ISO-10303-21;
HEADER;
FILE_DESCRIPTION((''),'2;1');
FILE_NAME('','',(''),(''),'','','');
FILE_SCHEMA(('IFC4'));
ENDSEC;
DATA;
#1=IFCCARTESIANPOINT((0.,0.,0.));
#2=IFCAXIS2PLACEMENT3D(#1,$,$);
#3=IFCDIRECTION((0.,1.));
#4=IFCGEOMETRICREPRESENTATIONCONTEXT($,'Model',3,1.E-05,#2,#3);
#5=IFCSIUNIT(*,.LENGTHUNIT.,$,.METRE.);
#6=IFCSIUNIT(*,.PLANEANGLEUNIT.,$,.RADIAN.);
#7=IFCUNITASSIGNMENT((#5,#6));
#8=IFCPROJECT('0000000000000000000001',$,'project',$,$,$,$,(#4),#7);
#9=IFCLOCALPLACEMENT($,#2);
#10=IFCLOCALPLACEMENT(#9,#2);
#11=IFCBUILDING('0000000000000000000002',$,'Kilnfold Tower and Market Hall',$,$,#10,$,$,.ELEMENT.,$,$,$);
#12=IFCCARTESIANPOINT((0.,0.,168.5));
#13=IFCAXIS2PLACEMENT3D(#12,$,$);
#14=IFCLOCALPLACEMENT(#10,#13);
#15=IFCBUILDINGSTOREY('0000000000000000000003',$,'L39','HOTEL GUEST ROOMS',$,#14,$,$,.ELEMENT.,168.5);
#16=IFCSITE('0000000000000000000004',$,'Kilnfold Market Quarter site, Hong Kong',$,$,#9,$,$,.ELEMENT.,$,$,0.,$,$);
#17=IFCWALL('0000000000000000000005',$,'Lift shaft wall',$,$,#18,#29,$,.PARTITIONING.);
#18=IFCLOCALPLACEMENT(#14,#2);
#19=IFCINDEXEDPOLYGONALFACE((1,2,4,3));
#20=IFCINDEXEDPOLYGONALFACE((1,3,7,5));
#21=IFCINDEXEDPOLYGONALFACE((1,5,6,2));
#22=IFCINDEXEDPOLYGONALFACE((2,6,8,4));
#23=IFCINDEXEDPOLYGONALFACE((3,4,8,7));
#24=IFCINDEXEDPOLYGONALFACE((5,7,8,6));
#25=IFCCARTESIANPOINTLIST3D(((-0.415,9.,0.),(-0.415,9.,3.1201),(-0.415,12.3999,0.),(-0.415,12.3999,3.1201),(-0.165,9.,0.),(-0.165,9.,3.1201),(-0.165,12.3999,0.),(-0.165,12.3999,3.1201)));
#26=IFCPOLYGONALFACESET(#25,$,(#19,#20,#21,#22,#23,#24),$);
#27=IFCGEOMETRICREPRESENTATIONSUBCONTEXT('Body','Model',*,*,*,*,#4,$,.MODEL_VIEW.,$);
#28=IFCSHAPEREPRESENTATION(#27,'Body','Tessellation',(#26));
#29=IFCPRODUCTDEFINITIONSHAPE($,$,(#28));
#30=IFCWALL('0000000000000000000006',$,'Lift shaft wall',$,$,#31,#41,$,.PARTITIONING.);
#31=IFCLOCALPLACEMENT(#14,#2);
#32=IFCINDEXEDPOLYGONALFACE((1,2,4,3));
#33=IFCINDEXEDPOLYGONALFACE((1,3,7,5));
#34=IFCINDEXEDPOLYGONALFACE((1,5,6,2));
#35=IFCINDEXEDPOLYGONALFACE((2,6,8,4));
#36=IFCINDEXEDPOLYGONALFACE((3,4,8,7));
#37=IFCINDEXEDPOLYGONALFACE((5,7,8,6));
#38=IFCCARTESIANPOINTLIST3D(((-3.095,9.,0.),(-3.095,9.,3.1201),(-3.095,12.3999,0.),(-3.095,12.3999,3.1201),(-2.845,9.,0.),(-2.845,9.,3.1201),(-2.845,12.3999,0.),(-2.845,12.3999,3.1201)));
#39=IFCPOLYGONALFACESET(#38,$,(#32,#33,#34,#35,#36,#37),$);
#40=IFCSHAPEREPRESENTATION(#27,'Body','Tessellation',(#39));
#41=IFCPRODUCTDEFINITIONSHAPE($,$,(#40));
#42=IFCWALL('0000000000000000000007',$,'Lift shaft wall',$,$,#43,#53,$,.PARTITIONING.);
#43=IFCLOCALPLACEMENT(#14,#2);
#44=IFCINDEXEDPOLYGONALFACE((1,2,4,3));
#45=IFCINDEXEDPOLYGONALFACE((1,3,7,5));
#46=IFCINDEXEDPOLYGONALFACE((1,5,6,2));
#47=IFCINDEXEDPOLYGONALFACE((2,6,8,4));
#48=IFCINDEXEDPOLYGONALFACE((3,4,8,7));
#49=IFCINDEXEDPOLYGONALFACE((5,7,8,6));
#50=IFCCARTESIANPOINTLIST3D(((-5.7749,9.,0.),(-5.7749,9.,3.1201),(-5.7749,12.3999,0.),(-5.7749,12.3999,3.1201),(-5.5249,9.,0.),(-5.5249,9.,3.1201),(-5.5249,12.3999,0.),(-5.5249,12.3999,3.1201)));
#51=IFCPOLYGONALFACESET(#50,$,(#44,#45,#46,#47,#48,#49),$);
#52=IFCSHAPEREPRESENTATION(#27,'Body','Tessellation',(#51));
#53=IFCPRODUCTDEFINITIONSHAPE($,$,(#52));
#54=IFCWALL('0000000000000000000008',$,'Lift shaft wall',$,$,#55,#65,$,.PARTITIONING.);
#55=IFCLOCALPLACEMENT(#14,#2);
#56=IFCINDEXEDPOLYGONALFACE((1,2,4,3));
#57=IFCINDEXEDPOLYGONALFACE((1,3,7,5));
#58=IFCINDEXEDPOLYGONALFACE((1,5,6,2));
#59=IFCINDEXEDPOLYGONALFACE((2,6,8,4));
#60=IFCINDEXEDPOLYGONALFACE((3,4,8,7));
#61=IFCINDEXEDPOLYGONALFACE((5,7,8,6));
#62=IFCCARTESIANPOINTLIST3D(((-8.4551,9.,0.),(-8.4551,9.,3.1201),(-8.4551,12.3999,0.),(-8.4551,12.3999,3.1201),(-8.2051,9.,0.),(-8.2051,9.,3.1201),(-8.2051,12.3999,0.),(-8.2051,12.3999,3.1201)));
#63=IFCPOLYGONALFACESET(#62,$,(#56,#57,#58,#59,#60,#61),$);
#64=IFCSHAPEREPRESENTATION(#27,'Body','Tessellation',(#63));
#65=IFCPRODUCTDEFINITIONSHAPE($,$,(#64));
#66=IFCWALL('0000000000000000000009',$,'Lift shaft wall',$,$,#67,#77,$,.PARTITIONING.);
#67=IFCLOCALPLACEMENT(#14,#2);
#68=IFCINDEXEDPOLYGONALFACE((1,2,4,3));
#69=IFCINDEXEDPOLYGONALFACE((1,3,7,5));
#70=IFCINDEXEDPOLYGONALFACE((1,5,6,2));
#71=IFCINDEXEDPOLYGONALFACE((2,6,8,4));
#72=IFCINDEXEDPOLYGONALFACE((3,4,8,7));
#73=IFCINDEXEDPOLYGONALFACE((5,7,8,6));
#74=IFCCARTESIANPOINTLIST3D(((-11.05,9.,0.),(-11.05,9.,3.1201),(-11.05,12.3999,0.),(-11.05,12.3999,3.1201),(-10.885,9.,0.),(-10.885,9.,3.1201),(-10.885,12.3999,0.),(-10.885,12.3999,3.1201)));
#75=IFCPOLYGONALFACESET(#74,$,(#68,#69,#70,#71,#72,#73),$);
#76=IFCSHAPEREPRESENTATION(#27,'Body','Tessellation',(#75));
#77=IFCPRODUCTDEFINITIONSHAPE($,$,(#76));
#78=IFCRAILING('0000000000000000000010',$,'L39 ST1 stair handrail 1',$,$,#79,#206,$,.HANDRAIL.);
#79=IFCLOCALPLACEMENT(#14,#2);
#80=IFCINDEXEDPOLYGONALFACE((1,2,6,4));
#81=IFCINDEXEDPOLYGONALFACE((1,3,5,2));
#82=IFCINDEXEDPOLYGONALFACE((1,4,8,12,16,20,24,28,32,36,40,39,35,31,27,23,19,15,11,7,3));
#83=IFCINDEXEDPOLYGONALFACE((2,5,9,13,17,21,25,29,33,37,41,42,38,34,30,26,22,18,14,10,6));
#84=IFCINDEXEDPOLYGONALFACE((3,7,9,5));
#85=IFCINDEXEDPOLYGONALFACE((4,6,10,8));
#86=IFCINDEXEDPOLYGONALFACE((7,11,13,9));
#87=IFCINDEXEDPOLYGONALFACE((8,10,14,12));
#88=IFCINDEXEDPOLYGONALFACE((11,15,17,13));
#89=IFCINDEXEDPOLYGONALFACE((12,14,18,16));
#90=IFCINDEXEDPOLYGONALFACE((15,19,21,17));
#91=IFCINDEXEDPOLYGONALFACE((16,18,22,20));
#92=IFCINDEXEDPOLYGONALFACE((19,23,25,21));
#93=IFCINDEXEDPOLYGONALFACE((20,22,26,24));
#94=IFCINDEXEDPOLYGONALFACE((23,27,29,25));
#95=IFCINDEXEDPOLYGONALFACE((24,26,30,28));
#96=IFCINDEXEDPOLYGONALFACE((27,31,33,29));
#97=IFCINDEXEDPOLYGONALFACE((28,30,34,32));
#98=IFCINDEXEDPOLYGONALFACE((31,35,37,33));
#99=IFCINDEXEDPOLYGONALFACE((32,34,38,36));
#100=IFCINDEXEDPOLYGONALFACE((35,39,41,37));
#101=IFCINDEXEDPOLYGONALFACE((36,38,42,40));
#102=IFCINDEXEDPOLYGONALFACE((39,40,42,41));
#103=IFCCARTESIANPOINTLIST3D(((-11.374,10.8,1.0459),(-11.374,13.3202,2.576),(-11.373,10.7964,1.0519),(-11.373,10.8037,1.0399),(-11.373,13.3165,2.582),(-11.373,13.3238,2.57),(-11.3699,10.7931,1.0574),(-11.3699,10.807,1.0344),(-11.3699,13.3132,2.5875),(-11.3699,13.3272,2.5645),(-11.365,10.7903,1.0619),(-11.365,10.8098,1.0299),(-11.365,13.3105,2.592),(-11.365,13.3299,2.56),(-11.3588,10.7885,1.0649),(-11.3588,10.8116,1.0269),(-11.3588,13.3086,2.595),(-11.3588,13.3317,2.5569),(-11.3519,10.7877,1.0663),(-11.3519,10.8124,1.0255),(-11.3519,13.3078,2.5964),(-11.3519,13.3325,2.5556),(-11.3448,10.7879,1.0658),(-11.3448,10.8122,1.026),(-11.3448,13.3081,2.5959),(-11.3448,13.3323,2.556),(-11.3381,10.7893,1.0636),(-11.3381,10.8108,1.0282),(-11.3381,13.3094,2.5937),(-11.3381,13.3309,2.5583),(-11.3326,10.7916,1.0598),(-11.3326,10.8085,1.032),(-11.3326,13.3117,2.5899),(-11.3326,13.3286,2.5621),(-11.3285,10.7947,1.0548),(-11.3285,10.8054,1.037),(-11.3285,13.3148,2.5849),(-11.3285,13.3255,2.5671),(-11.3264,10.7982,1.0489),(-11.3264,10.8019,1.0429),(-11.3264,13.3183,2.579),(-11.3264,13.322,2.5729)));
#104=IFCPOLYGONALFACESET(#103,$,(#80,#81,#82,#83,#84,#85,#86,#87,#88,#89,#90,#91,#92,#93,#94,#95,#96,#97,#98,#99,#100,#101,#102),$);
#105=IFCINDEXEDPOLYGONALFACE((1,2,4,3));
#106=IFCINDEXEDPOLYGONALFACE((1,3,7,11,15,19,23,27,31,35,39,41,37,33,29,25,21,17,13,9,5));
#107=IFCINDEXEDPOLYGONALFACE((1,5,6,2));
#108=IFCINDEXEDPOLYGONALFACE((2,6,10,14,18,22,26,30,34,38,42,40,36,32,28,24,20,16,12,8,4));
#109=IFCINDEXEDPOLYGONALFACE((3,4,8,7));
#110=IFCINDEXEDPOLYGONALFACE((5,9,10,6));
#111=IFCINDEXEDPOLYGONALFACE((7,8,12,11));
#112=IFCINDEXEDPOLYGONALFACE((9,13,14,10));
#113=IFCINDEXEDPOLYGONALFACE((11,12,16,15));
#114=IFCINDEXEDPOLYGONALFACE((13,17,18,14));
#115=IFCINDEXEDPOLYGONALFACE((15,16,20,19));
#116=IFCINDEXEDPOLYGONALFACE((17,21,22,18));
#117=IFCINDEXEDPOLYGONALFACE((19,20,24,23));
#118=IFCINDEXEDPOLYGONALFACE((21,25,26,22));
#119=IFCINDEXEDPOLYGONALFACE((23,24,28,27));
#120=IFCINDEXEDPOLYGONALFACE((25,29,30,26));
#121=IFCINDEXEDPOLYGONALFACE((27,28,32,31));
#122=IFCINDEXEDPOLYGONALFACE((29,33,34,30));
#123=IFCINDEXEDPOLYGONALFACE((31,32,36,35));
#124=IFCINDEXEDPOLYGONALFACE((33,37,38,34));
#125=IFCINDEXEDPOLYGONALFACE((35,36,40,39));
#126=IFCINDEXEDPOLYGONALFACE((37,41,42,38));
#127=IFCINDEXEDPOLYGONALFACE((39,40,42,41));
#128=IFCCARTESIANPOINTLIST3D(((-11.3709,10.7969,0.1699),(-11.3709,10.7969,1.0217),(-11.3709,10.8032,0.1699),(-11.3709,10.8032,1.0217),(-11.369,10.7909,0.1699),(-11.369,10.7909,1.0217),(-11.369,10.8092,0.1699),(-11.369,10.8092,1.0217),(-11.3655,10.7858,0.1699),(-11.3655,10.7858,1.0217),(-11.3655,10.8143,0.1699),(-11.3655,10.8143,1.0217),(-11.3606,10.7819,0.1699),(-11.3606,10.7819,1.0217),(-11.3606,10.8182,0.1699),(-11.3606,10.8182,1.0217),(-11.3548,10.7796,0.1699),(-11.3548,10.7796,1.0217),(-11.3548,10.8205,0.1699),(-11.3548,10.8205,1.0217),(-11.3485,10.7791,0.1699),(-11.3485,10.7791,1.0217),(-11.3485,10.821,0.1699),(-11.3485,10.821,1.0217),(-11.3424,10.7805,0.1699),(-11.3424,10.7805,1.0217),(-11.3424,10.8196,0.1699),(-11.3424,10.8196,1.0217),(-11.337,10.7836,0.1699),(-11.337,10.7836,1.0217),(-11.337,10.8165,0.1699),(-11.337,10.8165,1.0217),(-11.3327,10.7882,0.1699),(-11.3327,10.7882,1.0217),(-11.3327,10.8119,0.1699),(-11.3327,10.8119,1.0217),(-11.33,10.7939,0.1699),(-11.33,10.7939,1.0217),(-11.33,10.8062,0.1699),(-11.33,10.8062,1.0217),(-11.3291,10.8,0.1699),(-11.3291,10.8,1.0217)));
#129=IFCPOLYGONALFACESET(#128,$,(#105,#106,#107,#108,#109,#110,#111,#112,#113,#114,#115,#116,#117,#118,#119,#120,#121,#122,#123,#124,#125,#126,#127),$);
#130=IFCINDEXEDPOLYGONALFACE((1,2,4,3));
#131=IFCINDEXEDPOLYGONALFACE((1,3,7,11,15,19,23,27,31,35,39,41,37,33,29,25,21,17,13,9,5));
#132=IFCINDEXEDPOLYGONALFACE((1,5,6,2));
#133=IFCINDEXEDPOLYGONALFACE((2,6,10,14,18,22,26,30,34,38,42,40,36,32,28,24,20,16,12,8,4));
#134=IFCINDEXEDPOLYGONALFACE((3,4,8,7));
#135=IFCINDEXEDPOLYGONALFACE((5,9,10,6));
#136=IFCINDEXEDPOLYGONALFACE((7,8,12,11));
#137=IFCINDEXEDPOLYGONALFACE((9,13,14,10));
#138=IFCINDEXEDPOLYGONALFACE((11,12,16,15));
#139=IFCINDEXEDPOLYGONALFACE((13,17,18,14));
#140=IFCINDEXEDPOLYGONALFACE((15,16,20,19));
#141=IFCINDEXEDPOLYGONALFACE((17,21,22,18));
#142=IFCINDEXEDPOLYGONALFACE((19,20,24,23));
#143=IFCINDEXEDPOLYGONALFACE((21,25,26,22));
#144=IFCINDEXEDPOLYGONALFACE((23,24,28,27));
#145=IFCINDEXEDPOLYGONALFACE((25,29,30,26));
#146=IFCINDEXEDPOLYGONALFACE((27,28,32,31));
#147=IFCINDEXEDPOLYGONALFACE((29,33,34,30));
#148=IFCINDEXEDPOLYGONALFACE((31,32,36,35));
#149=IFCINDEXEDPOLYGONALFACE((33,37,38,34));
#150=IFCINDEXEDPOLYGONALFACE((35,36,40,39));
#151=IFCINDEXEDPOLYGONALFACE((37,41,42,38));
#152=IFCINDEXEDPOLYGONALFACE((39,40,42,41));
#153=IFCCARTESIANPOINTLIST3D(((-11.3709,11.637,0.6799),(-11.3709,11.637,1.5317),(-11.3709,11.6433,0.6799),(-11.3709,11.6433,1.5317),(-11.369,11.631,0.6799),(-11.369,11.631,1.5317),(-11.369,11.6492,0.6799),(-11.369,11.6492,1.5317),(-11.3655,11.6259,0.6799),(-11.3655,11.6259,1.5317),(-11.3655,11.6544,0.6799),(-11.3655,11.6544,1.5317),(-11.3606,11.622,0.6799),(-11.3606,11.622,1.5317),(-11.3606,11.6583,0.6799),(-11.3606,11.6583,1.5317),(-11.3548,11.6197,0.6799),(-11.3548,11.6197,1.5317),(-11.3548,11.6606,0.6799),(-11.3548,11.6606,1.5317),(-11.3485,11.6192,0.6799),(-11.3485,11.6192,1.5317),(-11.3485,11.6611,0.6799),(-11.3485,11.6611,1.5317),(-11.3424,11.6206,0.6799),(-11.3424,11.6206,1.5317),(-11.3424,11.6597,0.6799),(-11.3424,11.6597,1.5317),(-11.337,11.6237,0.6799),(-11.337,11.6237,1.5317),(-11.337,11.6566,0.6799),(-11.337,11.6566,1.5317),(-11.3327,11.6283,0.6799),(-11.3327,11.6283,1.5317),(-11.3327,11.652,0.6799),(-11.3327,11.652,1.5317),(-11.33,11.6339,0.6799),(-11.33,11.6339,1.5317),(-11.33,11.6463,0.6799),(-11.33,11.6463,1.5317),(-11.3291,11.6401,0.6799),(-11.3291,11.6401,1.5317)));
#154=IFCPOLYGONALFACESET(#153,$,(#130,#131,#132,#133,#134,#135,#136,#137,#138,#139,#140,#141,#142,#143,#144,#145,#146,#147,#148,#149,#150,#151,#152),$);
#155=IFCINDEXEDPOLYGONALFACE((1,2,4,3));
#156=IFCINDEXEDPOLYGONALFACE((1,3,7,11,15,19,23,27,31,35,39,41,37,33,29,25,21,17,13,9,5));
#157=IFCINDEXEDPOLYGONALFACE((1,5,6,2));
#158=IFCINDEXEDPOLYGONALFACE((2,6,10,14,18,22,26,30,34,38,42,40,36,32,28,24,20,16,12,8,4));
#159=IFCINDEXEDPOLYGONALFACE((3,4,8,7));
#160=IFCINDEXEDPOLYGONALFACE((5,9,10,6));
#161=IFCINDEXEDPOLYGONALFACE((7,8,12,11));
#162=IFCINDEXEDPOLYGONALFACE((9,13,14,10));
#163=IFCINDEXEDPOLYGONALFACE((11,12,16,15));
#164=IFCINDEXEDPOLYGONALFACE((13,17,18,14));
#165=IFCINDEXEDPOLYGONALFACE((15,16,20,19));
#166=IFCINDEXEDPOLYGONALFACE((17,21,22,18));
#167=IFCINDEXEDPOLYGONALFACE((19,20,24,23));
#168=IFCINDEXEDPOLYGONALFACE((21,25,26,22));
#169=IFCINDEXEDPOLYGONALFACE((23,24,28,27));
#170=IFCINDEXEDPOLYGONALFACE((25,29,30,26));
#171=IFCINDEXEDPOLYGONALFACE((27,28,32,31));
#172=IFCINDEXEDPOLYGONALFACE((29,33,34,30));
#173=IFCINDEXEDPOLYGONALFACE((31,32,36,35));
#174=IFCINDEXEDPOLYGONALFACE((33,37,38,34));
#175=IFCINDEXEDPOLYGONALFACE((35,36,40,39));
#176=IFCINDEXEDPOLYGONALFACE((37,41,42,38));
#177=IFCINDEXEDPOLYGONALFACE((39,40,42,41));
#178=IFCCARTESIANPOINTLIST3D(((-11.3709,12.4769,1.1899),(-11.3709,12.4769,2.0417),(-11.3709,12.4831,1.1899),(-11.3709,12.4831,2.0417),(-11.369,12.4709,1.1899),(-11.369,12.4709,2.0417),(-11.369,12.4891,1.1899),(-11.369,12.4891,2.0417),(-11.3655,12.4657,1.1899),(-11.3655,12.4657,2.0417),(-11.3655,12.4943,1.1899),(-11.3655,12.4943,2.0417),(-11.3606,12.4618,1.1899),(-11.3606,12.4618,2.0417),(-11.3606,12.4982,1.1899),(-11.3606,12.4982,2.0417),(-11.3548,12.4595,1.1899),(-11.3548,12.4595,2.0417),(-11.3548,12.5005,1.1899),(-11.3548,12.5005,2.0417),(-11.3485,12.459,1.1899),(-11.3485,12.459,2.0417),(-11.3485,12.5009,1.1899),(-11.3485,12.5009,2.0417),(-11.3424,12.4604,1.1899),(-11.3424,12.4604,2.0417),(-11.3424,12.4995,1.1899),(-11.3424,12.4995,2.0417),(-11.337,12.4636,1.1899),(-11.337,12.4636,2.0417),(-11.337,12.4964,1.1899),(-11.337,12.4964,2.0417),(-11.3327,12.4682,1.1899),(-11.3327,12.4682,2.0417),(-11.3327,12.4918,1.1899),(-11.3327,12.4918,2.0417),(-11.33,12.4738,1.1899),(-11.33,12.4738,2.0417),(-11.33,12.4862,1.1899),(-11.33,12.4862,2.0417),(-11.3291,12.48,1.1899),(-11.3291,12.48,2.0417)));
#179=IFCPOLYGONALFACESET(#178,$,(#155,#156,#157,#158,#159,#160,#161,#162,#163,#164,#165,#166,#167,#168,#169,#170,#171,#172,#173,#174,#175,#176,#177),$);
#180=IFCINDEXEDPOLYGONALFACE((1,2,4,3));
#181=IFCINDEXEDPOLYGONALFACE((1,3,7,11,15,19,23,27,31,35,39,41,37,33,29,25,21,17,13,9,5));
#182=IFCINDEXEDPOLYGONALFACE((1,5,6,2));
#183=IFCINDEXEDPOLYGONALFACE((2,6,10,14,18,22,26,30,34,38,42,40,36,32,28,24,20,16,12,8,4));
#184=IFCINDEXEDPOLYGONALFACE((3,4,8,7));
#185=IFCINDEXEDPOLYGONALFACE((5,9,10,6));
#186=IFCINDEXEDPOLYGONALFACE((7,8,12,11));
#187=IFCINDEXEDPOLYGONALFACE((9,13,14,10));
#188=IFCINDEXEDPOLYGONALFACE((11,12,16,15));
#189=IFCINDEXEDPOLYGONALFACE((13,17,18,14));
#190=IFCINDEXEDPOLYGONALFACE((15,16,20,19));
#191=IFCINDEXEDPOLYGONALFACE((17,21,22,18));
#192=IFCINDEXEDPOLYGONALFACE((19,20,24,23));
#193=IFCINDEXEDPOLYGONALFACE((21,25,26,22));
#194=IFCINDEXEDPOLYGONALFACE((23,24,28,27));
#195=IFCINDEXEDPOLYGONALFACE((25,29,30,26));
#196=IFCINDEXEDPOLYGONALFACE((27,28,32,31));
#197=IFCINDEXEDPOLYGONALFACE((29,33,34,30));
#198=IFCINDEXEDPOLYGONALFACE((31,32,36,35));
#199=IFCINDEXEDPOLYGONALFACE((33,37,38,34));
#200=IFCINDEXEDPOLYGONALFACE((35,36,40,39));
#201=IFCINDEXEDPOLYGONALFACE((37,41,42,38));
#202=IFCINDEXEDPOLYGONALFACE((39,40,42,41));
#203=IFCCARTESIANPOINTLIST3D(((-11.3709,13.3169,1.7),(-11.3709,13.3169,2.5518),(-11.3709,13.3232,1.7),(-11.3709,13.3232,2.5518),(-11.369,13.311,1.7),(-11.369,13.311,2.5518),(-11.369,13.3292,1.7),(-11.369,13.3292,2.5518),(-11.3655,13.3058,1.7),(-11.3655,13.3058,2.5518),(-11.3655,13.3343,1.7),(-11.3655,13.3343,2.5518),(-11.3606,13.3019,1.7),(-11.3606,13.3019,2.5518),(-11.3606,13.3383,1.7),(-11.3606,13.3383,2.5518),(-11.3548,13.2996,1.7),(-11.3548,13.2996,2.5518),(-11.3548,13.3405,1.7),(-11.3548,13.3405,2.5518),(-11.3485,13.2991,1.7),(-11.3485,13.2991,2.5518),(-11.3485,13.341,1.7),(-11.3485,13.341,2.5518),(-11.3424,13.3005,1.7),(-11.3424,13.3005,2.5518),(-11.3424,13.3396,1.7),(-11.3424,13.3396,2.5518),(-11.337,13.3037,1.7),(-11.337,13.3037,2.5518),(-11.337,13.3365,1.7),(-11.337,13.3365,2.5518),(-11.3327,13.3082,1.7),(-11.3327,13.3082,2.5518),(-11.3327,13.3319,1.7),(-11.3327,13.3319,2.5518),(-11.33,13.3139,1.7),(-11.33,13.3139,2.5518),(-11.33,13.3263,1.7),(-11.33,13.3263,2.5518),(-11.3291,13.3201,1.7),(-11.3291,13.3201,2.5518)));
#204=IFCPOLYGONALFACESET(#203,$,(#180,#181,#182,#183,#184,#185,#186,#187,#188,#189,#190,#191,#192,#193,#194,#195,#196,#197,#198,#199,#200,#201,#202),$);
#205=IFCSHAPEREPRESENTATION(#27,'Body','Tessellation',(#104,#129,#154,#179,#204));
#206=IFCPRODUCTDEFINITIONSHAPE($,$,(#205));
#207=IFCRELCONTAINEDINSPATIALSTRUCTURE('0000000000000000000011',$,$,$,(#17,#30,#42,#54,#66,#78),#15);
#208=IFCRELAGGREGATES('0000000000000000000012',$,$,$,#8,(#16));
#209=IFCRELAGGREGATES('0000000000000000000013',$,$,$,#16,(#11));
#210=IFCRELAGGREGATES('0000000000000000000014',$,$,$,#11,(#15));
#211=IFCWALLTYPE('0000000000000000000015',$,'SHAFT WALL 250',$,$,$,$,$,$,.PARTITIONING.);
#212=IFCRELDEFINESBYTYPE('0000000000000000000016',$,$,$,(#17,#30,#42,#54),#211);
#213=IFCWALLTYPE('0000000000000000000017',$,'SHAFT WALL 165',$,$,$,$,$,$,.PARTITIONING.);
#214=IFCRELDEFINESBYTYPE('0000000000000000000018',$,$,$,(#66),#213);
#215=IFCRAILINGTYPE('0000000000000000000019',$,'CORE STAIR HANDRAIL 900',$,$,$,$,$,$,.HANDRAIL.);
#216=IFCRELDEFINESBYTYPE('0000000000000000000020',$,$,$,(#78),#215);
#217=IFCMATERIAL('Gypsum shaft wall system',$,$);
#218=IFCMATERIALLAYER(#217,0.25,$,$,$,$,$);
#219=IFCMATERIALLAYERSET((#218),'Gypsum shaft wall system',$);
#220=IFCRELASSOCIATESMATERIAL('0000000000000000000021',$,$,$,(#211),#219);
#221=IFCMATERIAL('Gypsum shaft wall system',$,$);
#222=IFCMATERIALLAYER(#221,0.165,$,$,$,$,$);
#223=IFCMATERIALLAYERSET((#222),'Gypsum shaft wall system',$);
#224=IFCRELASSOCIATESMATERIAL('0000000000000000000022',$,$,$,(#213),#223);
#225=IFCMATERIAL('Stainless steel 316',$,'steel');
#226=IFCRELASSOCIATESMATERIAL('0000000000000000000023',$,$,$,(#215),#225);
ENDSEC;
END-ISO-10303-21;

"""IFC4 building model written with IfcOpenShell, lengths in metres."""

from ifc_helpers import new_model, si_unit, direction, frame, frame_2d, origin, origin_2d, place, context, subcontext, project, spatial, rectangle, circle, extrude, source, transform, mapped, material, layer, layer_set, type_object, element, save


model = new_model("IFC4")

# Units and contexts
model_context = context("Model", 3, precision=1e-05, world=origin(), true_north=direction((0.0, 1.0)))
body_context = subcontext(model_context, "Body", "Model", "MODEL_VIEW")
ifc_project = project(units=[si_unit("LENGTHUNIT", "METRE"), si_unit("PLANEANGLEUNIT", "RADIAN")], contexts=[model_context])

# Site, building, storey
site_placement = place(None, origin())
site = spatial("IfcSite", under=ifc_project, at=site_placement, Name="Kilnfold Market Quarter site, Hong Kong", CompositionType="ELEMENT", RefElevation=0.0)
building_placement = place(site_placement, origin())
building = spatial("IfcBuilding", under=site, at=building_placement, Name="Kilnfold Tower and Market Hall", CompositionType="ELEMENT")
storey_placement = place(building_placement, frame((0.0, 0.0, 168.5)))
storey = spatial("IfcBuildingStorey", under=building, at=storey_placement, Name="L39", Description="HOTEL GUEST ROOMS", CompositionType="ELEMENT", Elevation=168.5)

# Walls
ifc_material_1 = material(Name="Gypsum shaft wall system")
ifc_layer_1 = layer(ifc_material_1, 0.25)
ifc_layer_set_1 = layer_set([ifc_layer_1], Name="Gypsum shaft wall system")
wall_type_1 = type_object("IfcWallType", Name="SHAFT WALL 250", PredefinedType="PARTITIONING", material=ifc_layer_set_1)
shared_shape_1 = source(origin(), body_context, "Body", "SweptSolid", [
    extrude(rectangle(XDim=3.3999, YDim=0.25, at=frame_2d((1.7, 0.0))), origin(), (0.0, 0.0, 1.0), 3.1201),
])
for number, where, z_axis, x_axis, name in (
    (1, (-0.29, 9.0, 0.0), (0.0, 0.0, 1.0), (0.0, 1.0, 0.0), "Lift shaft wall"),
    (2, (-2.97, 9.0, 0.0), (0.0, 0.0, 1.0), (0.0, 1.0, 0.0), "Lift shaft wall"),
    (3, (-5.6499, 9.0, 0.0), (0.0, 0.0, 1.0), (0.0, 1.0, 0.0), "Lift shaft wall"),
    (4, (-8.3301, 9.0, 0.0), (0.0, 0.0, 1.0), (0.0, 1.0, 0.0), "Lift shaft wall"),
):
    element("IfcWall", number, at=place(storey_placement, frame(where, z_axis=z_axis, x_axis=x_axis)), inside=storey, type_object=wall_type_1, Name=name, PredefinedType="PARTITIONING", context=body_context, shape_type="MappedRepresentation", body=[
        mapped(shared_shape_1, transform((0.0, 0.0, 0.0))),
    ])
ifc_material_2 = material(Name="Gypsum shaft wall system")
ifc_layer_2 = layer(ifc_material_2, 0.165)
ifc_layer_set_2 = layer_set([ifc_layer_2], Name="Gypsum shaft wall system")
wall_type_2 = type_object("IfcWallType", Name="SHAFT WALL 165", PredefinedType="PARTITIONING", material=ifc_layer_set_2)
shared_shape_2 = source(origin(), body_context, "Body", "SweptSolid", [
    extrude(rectangle(XDim=3.3999, YDim=0.165, at=frame_2d((1.7, 0.0))), origin(), (0.0, 0.0, 1.0), 3.1201),
])
wall_1_placement = place(storey_placement, frame((-10.9675, 9.0, 0.0), z_axis=(0.0, 0.0, 1.0), x_axis=(0.0, 1.0, 0.0)))
element("IfcWall", 5, at=wall_1_placement, inside=storey, type_object=wall_type_2, Name="Lift shaft wall", PredefinedType="PARTITIONING", context=body_context, shape_type="MappedRepresentation", body=[
    mapped(shared_shape_2, transform((0.0, 0.0, 0.0))),
])

# Railing
ifc_material_3 = material(Name="Stainless steel 316", Category="steel")
railing_type_1 = type_object("IfcRailingType", Name="CORE STAIR HANDRAIL 900", PredefinedType="HANDRAIL", material=ifc_material_3)
railing_1_placement = place(storey_placement, frame((-11.3501, 10.8, 0.1699)))
element("IfcRailing", 6, at=railing_1_placement, inside=storey, type_object=railing_type_1, Name="L39 ST1 stair handrail 1", PredefinedType="HANDRAIL", context=body_context, shape_type="SweptSolid", body=[
    extrude(circle(Radius=0.0239, at=origin_2d()), frame((0.0, 0.0, 0.876), z_axis=(0.0, 0.854785, 0.518982), x_axis=(-1.0, 0.0, 0.0)), (0.0, 0.0, 1.0), 2.9482),
    extrude(circle(Radius=0.021, at=origin_2d()), origin(), (0.0, 0.0, 1.0), 0.8518),
    extrude(circle(Radius=0.021, at=origin_2d()), frame((0.0, 0.8401, 0.51)), (0.0, 0.0, 1.0), 0.8518),
    extrude(circle(Radius=0.021, at=origin_2d()), frame((0.0, 1.6799, 1.02)), (0.0, 0.0, 1.0), 0.8518),
    extrude(circle(Radius=0.021, at=origin_2d()), frame((0.0, 2.52, 1.53)), (0.0, 0.0, 1.0), 0.8518),
])

save(model, "model.ifc")
